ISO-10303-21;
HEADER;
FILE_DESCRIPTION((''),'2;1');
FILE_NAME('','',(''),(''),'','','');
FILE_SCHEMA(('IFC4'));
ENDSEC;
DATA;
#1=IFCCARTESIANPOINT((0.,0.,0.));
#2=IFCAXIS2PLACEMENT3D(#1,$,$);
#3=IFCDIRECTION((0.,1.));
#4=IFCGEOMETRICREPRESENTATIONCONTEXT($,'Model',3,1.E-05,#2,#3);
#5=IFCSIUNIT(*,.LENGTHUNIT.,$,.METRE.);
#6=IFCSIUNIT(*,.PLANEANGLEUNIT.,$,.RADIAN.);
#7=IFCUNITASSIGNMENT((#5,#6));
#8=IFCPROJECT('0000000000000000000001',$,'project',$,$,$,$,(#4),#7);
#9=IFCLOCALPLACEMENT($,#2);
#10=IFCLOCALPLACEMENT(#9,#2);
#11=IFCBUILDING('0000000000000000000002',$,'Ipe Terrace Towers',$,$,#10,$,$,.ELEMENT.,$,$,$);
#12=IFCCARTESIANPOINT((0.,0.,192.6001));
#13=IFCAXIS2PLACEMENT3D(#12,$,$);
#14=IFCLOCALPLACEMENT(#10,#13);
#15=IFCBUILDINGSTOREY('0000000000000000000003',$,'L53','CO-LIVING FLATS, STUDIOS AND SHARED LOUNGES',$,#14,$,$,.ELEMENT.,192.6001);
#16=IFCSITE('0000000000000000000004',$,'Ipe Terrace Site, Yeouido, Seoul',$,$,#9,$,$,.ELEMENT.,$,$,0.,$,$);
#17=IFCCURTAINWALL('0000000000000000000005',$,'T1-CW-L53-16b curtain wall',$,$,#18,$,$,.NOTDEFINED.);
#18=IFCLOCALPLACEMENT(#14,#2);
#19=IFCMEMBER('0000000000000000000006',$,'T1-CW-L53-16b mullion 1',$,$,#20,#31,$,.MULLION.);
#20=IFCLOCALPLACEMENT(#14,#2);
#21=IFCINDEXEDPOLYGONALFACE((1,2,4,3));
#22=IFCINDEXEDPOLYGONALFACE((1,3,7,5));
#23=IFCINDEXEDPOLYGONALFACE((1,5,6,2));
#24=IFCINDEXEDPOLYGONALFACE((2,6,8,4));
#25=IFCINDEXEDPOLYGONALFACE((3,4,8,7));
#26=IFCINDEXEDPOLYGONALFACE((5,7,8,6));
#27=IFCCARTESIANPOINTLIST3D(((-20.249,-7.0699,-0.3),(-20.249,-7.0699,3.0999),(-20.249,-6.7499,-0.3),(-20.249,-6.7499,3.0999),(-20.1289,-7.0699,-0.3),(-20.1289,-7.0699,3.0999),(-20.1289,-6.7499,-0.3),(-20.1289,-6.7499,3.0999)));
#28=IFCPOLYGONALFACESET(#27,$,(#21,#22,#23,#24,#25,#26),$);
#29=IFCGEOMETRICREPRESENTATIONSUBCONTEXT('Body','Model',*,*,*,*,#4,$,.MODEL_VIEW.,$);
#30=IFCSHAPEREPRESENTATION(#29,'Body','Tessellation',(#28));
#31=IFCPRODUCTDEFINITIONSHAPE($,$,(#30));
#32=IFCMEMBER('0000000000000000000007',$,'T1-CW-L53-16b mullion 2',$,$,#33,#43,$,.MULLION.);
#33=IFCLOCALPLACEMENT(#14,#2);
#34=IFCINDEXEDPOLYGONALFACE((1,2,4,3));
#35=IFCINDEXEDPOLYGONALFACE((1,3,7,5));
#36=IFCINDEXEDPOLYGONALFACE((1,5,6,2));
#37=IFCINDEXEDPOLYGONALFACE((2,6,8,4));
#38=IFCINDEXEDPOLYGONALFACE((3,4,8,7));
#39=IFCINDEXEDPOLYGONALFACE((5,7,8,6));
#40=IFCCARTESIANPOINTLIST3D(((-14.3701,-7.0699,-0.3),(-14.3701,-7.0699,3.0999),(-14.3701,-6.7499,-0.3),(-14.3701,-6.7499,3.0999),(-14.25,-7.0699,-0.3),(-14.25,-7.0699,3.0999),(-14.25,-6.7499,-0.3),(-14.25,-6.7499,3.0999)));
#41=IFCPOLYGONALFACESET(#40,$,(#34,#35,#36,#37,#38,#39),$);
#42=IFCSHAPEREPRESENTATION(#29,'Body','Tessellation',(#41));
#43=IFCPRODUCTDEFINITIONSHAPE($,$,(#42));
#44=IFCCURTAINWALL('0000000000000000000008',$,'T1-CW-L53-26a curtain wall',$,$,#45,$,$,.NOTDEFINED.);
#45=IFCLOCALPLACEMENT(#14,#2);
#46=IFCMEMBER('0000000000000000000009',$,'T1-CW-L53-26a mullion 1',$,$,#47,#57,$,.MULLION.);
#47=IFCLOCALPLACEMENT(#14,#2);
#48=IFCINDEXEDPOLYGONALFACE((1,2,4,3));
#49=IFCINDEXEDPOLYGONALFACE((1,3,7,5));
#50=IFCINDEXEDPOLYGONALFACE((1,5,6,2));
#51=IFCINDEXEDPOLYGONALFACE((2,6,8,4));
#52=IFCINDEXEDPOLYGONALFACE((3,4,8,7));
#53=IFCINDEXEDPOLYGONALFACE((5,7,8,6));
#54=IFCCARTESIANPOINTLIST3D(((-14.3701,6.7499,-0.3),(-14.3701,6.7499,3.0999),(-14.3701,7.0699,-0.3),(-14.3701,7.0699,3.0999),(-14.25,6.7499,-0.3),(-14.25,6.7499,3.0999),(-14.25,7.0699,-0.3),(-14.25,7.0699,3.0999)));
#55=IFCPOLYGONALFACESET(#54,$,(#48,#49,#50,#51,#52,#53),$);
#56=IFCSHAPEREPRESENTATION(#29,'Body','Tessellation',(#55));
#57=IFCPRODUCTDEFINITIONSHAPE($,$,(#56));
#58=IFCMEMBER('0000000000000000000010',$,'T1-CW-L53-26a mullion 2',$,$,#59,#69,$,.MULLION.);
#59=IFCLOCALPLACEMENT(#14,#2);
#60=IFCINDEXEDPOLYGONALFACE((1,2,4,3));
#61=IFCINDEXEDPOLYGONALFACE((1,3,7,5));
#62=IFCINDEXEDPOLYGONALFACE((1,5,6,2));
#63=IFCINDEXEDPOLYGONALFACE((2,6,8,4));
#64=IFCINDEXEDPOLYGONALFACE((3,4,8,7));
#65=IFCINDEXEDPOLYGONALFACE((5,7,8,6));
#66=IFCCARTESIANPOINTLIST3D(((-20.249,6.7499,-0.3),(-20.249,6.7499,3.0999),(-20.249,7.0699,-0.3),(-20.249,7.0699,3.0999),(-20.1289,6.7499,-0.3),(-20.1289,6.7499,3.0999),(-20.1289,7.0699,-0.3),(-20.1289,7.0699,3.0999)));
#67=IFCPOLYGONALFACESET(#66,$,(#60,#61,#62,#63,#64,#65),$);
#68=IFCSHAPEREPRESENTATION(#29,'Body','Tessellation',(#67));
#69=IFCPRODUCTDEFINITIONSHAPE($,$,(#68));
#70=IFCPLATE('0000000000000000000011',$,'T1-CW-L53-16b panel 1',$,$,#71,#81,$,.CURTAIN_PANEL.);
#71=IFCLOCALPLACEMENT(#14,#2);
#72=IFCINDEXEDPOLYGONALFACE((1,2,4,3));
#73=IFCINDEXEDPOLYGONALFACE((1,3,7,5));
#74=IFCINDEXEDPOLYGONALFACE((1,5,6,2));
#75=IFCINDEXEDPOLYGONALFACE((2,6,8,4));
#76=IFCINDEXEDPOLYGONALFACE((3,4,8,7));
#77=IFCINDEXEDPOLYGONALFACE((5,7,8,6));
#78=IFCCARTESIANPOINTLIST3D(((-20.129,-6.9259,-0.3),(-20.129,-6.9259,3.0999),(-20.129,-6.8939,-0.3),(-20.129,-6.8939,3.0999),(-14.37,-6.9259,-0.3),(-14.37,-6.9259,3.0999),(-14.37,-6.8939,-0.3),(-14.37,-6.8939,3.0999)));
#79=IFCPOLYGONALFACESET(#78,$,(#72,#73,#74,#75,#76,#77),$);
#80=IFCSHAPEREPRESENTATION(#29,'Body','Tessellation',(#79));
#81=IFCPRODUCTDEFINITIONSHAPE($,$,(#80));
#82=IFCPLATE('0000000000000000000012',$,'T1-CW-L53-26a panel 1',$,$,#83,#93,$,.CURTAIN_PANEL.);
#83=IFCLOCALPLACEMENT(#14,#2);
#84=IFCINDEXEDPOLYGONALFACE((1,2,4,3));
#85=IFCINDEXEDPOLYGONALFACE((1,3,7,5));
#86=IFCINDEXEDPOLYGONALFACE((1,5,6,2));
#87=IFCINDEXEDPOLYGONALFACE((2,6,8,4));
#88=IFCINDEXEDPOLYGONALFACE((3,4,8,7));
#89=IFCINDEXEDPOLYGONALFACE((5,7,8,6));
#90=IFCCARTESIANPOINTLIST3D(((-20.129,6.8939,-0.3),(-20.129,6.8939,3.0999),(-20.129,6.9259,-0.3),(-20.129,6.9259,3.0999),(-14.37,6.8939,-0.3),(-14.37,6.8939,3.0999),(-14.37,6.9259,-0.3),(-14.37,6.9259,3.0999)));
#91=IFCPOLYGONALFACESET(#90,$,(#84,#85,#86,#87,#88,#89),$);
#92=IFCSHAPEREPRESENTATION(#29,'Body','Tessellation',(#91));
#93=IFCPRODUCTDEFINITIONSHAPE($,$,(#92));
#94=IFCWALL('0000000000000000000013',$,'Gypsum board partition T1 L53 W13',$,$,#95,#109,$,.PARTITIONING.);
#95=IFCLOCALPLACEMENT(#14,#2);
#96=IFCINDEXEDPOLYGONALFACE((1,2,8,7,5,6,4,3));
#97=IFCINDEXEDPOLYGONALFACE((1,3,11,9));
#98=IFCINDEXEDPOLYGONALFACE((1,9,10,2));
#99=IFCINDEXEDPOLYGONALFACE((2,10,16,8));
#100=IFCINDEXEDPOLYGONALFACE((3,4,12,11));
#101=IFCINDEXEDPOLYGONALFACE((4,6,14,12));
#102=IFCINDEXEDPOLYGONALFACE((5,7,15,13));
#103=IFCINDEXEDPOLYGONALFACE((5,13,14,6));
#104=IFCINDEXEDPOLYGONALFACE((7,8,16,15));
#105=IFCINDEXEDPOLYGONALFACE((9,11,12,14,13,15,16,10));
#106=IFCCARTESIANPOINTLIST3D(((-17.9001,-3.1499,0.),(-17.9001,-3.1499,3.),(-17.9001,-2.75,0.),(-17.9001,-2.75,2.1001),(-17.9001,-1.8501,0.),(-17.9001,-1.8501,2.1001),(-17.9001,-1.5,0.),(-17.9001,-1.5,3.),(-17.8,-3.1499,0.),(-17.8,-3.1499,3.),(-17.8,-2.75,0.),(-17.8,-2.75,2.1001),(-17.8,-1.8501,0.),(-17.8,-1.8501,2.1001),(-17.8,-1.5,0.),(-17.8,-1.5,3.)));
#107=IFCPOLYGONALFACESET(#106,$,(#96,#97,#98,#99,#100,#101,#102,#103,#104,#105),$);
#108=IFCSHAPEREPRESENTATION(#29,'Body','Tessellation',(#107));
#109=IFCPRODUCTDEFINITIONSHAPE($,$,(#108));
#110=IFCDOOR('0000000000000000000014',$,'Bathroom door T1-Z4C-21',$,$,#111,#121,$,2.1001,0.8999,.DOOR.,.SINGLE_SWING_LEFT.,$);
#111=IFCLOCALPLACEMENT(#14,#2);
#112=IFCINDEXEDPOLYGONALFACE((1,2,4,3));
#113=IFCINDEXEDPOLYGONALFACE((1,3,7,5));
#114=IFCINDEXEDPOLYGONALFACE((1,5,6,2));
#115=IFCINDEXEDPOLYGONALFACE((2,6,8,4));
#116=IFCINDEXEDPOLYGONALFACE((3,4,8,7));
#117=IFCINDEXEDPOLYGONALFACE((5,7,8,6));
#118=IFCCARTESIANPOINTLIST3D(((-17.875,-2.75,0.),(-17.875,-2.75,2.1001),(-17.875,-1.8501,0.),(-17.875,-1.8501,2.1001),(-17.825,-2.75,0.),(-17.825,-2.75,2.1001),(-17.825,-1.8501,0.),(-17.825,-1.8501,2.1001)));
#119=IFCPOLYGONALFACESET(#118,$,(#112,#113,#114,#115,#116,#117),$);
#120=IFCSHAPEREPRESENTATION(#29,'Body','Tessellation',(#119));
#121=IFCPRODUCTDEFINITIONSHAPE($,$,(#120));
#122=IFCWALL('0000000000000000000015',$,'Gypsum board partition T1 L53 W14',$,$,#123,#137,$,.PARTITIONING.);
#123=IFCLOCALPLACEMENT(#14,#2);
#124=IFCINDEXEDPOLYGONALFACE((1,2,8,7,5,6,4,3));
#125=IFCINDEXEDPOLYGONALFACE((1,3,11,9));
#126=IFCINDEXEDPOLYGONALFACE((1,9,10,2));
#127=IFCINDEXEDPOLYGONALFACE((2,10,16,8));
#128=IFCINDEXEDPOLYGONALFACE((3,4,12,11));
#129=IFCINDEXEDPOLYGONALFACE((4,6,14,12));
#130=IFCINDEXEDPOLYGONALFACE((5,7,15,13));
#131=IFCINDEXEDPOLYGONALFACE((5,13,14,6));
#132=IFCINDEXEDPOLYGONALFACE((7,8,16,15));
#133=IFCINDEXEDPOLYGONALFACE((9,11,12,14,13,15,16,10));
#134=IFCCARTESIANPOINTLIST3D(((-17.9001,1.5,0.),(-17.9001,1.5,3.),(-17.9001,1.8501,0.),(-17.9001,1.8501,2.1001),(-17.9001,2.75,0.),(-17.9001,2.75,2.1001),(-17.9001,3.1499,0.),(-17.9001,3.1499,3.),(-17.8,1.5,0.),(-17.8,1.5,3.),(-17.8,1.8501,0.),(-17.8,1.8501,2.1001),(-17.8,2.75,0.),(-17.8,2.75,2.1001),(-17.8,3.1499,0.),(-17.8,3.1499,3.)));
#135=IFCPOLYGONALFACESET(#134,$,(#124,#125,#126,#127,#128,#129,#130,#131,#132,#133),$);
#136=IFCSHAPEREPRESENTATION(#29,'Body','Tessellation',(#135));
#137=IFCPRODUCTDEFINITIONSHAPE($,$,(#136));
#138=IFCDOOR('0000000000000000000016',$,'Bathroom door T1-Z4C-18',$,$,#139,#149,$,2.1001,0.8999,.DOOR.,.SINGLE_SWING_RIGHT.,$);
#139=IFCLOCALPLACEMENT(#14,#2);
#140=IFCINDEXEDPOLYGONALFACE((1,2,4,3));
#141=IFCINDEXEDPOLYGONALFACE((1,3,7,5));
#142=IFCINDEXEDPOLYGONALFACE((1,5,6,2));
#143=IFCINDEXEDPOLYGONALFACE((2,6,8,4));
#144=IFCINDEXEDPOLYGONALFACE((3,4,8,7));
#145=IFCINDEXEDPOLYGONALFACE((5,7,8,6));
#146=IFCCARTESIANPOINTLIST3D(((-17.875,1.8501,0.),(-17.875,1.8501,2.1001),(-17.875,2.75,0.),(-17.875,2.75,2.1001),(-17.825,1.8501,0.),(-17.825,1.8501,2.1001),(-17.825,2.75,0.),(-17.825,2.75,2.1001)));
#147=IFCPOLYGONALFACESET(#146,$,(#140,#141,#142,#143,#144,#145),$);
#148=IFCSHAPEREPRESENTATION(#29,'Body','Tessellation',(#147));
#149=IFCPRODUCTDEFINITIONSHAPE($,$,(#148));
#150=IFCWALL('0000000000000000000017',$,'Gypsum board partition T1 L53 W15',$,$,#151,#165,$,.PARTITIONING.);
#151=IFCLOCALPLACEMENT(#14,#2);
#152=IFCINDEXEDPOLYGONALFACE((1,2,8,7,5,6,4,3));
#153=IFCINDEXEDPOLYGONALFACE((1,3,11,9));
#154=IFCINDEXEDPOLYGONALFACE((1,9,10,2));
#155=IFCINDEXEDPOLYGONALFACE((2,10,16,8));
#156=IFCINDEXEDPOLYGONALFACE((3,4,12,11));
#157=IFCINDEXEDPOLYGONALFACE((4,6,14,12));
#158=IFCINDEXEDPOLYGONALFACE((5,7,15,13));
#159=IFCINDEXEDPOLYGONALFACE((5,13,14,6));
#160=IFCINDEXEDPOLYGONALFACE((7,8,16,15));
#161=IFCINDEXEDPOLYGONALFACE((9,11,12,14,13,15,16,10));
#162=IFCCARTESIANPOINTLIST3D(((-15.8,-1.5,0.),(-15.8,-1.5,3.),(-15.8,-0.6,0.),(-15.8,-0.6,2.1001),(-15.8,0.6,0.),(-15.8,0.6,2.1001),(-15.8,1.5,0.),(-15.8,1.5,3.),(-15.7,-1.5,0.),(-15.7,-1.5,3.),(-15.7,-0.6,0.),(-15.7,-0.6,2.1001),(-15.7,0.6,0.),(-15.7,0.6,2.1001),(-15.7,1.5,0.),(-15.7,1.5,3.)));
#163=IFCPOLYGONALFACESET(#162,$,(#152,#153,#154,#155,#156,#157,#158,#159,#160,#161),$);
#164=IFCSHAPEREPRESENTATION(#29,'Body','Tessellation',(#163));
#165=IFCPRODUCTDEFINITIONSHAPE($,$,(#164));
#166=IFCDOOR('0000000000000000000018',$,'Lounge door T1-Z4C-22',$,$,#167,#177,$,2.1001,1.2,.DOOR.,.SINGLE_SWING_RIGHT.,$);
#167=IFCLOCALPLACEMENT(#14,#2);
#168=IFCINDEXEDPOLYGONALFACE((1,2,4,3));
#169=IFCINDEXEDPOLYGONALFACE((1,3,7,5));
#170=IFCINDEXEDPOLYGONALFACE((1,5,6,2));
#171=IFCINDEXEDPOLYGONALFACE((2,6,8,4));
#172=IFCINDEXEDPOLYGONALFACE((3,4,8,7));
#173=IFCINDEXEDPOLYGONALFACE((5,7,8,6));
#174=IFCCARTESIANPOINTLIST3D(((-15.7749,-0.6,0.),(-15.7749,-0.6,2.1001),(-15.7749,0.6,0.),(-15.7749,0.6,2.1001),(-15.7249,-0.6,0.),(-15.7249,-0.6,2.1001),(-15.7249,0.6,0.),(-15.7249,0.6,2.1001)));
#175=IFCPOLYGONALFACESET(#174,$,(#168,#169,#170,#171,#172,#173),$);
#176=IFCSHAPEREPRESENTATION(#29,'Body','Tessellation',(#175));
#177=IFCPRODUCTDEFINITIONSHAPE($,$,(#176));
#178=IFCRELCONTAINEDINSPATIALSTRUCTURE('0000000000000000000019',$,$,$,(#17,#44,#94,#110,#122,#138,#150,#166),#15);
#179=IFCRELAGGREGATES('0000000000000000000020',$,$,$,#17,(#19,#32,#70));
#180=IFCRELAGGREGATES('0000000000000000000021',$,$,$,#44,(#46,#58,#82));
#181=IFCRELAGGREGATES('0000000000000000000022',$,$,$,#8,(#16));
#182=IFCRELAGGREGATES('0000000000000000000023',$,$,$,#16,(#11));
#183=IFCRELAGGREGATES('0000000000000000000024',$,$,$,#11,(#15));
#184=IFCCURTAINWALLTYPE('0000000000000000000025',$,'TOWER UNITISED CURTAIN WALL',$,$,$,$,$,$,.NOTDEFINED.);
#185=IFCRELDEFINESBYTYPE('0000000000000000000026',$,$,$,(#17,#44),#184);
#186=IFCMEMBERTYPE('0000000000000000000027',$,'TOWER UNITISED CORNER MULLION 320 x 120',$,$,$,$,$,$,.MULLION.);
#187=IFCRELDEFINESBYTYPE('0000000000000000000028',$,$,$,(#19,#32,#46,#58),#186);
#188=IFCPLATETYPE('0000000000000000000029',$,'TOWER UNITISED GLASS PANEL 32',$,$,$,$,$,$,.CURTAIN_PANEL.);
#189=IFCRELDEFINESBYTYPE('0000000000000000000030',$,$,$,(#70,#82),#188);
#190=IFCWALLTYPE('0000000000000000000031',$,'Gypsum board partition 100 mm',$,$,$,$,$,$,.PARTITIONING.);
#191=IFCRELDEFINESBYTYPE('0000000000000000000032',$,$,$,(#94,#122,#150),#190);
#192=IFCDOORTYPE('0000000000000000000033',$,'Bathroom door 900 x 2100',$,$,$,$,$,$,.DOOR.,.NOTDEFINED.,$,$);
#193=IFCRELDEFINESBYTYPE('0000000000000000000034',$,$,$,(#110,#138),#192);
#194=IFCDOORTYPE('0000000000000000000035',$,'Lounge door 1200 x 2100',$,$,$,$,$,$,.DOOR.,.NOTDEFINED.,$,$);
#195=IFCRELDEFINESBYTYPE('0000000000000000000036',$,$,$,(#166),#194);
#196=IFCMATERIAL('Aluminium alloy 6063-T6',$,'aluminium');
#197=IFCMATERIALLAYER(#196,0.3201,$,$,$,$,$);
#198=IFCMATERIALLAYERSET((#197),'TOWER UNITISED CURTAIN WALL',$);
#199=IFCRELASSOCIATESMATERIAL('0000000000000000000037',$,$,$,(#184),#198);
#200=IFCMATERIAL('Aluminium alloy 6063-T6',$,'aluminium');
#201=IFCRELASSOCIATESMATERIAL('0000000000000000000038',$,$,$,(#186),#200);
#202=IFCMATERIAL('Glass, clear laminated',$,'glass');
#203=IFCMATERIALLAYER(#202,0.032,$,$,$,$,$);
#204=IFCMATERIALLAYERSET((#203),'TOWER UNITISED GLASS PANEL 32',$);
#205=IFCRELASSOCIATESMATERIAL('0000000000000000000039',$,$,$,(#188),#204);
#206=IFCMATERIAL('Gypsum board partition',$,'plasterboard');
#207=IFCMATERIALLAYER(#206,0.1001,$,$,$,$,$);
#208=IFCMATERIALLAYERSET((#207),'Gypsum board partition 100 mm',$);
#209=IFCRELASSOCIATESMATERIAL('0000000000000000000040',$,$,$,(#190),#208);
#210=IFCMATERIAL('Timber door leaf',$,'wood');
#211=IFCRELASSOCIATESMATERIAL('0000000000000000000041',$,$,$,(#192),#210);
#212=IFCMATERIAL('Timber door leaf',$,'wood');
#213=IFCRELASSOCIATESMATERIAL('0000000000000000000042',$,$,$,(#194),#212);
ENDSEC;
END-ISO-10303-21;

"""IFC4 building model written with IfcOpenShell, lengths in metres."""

from ifc_helpers import new_model, si_unit, direction, frame, frame_2d, origin, origin_2d, place, context, subcontext, project, spatial, rectangle, extrude, material, layer, layer_set, material_profile, profile_set, type_object, element, fill, aggregate, save


model = new_model("IFC4")

# Units and contexts
model_context = context("Model", 3, precision=1e-05, world=origin(), true_north=direction((0.0, 1.0)))
body_context = subcontext(model_context, "Body", "Model", "MODEL_VIEW")
ifc_project = project(units=[si_unit("LENGTHUNIT", "METRE"), si_unit("PLANEANGLEUNIT", "RADIAN")], contexts=[model_context])

# Site, building, storey
site_placement = place(None, origin())
site = spatial("IfcSite", under=ifc_project, at=site_placement, Name="Ipe Terrace Site, Yeouido, Seoul", CompositionType="ELEMENT", RefElevation=0.0)
building_placement = place(site_placement, origin())
building = spatial("IfcBuilding", under=site, at=building_placement, Name="Ipe Terrace Towers", CompositionType="ELEMENT")
storey_placement = place(building_placement, frame((0.0, 0.0, 192.6001)))
storey = spatial("IfcBuildingStorey", under=building, at=storey_placement, Name="L53", Description="CO-LIVING FLATS, STUDIOS AND SHARED LOUNGES", CompositionType="ELEMENT", Elevation=192.6001)

# Curtain walls, members
ifc_material_1 = material(Name="Aluminium alloy 6063-T6", Category="aluminium")
ifc_layer_1 = layer(ifc_material_1, 0.3201)
ifc_layer_set_1 = layer_set([ifc_layer_1], Name="TOWER UNITISED CURTAIN WALL")
curtain_wall_type = type_object("IfcCurtainWallType", Name="TOWER UNITISED CURTAIN WALL", PredefinedType="NOTDEFINED", material=ifc_layer_set_1)
curtain_wall_1_placement = place(storey_placement, origin())
curtain_wall_1 = element("IfcCurtainWall", 1, at=curtain_wall_1_placement, inside=storey, type_object=curtain_wall_type, Name="T1-CW-L53-16b curtain wall", PredefinedType="NOTDEFINED")
ifc_material_2 = material(Name="Aluminium alloy 6063-T6", Category="aluminium")
ifc_material_profile = material_profile(ifc_material_2, rectangle(XDim=0.3201, YDim=0.1201, at=origin_2d()), Name="TOWER UNITISED CORNER MULLION 320 x 120")
ifc_profile_set = profile_set([ifc_material_profile], Name="Aluminium alloy 6063-T6")
member_type = type_object("IfcMemberType", Name="TOWER UNITISED CORNER MULLION 320 x 120", PredefinedType="MULLION", material=ifc_profile_set)
member_1_placement = place(storey_placement, frame((-20.189, -6.9099, -0.3), z_axis=(0.0, 0.0, 1.0), x_axis=(0.0, -1.0, 0.0)))
member_1 = element("IfcMember", 2, at=member_1_placement, type_object=member_type, Name="T1-CW-L53-16b mullion 1", PredefinedType="MULLION", context=body_context, shape_type="SweptSolid", body=[
    extrude(rectangle(XDim=0.3201, YDim=0.1201, at=origin_2d()), origin(), (0.0, 0.0, 1.0), 3.3999),
])
member_2_placement = place(storey_placement, frame((-14.3101, -6.9099, -0.3), z_axis=(0.0, 0.0, 1.0), x_axis=(0.0, -1.0, 0.0)))
member_2 = element("IfcMember", 3, at=member_2_placement, type_object=member_type, Name="T1-CW-L53-16b mullion 2", PredefinedType="MULLION", context=body_context, shape_type="SweptSolid", body=[
    extrude(rectangle(XDim=0.3201, YDim=0.1201, at=origin_2d()), origin(), (0.0, 0.0, 1.0), 3.3999),
])
curtain_wall_2_placement = place(storey_placement, origin())
curtain_wall_2 = element("IfcCurtainWall", 4, at=curtain_wall_2_placement, inside=storey, type_object=curtain_wall_type, Name="T1-CW-L53-26a curtain wall", PredefinedType="NOTDEFINED")
member_3_placement = place(storey_placement, frame((-14.3101, 6.9099, -0.3), z_axis=(0.0, 0.0, 1.0), x_axis=(0.0, 1.0, 0.0)))
member_3 = element("IfcMember", 5, at=member_3_placement, type_object=member_type, Name="T1-CW-L53-26a mullion 1", PredefinedType="MULLION", context=body_context, shape_type="SweptSolid", body=[
    extrude(rectangle(XDim=0.3201, YDim=0.1201, at=origin_2d()), origin(), (0.0, 0.0, 1.0), 3.3999),
])
member_4_placement = place(storey_placement, frame((-20.189, 6.9099, -0.3), z_axis=(0.0, 0.0, 1.0), x_axis=(0.0, 1.0, 0.0)))
member_4 = element("IfcMember", 6, at=member_4_placement, type_object=member_type, Name="T1-CW-L53-26a mullion 2", PredefinedType="MULLION", context=body_context, shape_type="SweptSolid", body=[
    extrude(rectangle(XDim=0.3201, YDim=0.1201, at=origin_2d()), origin(), (0.0, 0.0, 1.0), 3.3999),
])

# Plates
ifc_material_3 = material(Name="Glass, clear laminated", Category="glass")
ifc_layer_2 = layer(ifc_material_3, 0.032)
ifc_layer_set_2 = layer_set([ifc_layer_2], Name="TOWER UNITISED GLASS PANEL 32")
plate_type = type_object("IfcPlateType", Name="TOWER UNITISED GLASS PANEL 32", PredefinedType="CURTAIN_PANEL", material=ifc_layer_set_2)
plate_1_placement = place(storey_placement, frame((-17.2495, -6.9099, -0.3), z_axis=(0.0, 0.0, 1.0), x_axis=(1.0, 0.0, 0.0)))
plate_1 = element("IfcPlate", 7, at=plate_1_placement, type_object=plate_type, Name="T1-CW-L53-16b panel 1", PredefinedType="CURTAIN_PANEL", context=body_context, shape_type="SweptSolid", body=[
    extrude(rectangle(XDim=5.759, YDim=0.032, at=origin_2d()), origin(), (0.0, 0.0, 1.0), 3.3999),
])
aggregate(curtain_wall_1, [member_1, member_2, plate_1])
plate_2_placement = place(storey_placement, frame((-17.2495, 6.9099, -0.3), z_axis=(0.0, 0.0, 1.0), x_axis=(-1.0, 0.0, 0.0)))
plate_2 = element("IfcPlate", 8, at=plate_2_placement, type_object=plate_type, Name="T1-CW-L53-26a panel 1", PredefinedType="CURTAIN_PANEL", context=body_context, shape_type="SweptSolid", body=[
    extrude(rectangle(XDim=5.759, YDim=0.032, at=origin_2d()), origin(), (0.0, 0.0, 1.0), 3.3999),
])
aggregate(curtain_wall_2, [member_3, member_4, plate_2])

# Walls, openings, doors
ifc_material_4 = material(Name="Gypsum board partition", Category="plasterboard")
ifc_layer_3 = layer(ifc_material_4, 0.1001)
ifc_layer_set_3 = layer_set([ifc_layer_3], Name="Gypsum board partition 100 mm")
wall_type_1 = type_object("IfcWallType", Name="Gypsum board partition 100 mm", PredefinedType="PARTITIONING", material=ifc_layer_set_3)
wall_1_placement = place(storey_placement, frame((-17.8501, -3.1499, 0.0), z_axis=(0.0, 0.0, 1.0), x_axis=(0.0, 1.0, 0.0)))
wall_1 = element("IfcWall", 9, at=wall_1_placement, inside=storey, type_object=wall_type_1, Name="Gypsum board partition T1 L53 W13", PredefinedType="PARTITIONING", context=body_context, shape_type="SweptSolid", body=[
    extrude(rectangle(XDim=1.6499, YDim=0.1001, at=frame_2d((0.825, 0.0))), origin(), (0.0, 0.0, 1.0), 3.0),
])
opening_1_placement = place(wall_1_placement, frame((0.3999, 0.0, 0.0)))
opening_1 = element("IfcOpeningElement", 10, at=opening_1_placement, cuts=wall_1, PredefinedType="OPENING", context=body_context, shape_type="SweptSolid", body=[
    extrude(rectangle(XDim=0.8999, YDim=2.1001, at=frame_2d((0.45, 1.05))), frame((0.0, 0.0601, 0.0), z_axis=(0.0, -1.0, 0.0), x_axis=(1.0, 0.0, 0.0)), (0.0, 0.0, 1.0), 0.1201),
])
ifc_material_5 = material(Name="Timber door leaf", Category="wood")
door_type_1 = type_object("IfcDoorType", Name="Bathroom door 900 x 2100", OperationType="NOTDEFINED", PredefinedType="DOOR", material=ifc_material_5)
door_1_placement = place(opening_1_placement, origin())
door_1 = element("IfcDoor", 11, at=door_1_placement, inside=storey, type_object=door_type_1, Name="Bathroom door T1-Z4C-21", OperationType="SINGLE_SWING_LEFT", OverallHeight=2.1001, OverallWidth=0.8999, PredefinedType="DOOR", context=body_context, shape_type="SweptSolid", body=[
    extrude(rectangle(XDim=0.8999, YDim=2.1001, at=frame_2d((0.45, 1.05))), frame((0.0, 0.0249, 0.0), z_axis=(0.0, -1.0, 0.0), x_axis=(1.0, 0.0, 0.0)), (0.0, 0.0, 1.0), 0.05),
])
fill(opening_1, door_1)
wall_2_placement = place(storey_placement, frame((-17.8501, 1.5, 0.0), z_axis=(0.0, 0.0, 1.0), x_axis=(0.0, 1.0, 0.0)))
wall_2 = element("IfcWall", 12, at=wall_2_placement, inside=storey, type_object=wall_type_1, Name="Gypsum board partition T1 L53 W14", PredefinedType="PARTITIONING", context=body_context, shape_type="SweptSolid", body=[
    extrude(rectangle(XDim=1.6499, YDim=0.1001, at=frame_2d((0.825, 0.0))), origin(), (0.0, 0.0, 1.0), 3.0),
])
opening_2_placement = place(wall_2_placement, frame((0.3501, 0.0, 0.0)))
opening_2 = element("IfcOpeningElement", 13, at=opening_2_placement, cuts=wall_2, PredefinedType="OPENING", context=body_context, shape_type="SweptSolid", body=[
    extrude(rectangle(XDim=0.8999, YDim=2.1001, at=frame_2d((0.45, 1.05))), frame((0.0, 0.0601, 0.0), z_axis=(0.0, -1.0, 0.0), x_axis=(1.0, 0.0, 0.0)), (0.0, 0.0, 1.0), 0.1201),
])
door_2_placement = place(opening_2_placement, origin())
door_2 = element("IfcDoor", 14, at=door_2_placement, inside=storey, type_object=door_type_1, Name="Bathroom door T1-Z4C-18", OperationType="SINGLE_SWING_RIGHT", OverallHeight=2.1001, OverallWidth=0.8999, PredefinedType="DOOR", context=body_context, shape_type="SweptSolid", body=[
    extrude(rectangle(XDim=0.8999, YDim=2.1001, at=frame_2d((0.45, 1.05))), frame((0.0, 0.0249, 0.0), z_axis=(0.0, -1.0, 0.0), x_axis=(1.0, 0.0, 0.0)), (0.0, 0.0, 1.0), 0.05),
])
fill(opening_2, door_2)
wall_3_placement = place(storey_placement, frame((-15.75, -1.5, 0.0), z_axis=(0.0, 0.0, 1.0), x_axis=(0.0, 1.0, 0.0)))
wall_3 = element("IfcWall", 15, at=wall_3_placement, inside=storey, type_object=wall_type_1, Name="Gypsum board partition T1 L53 W15", PredefinedType="PARTITIONING", context=body_context, shape_type="SweptSolid", body=[
    extrude(rectangle(XDim=3.0, YDim=0.1001, at=frame_2d((1.5, 0.0))), origin(), (0.0, 0.0, 1.0), 3.0),
])
opening_3_placement = place(wall_3_placement, frame((0.8999, 0.0, 0.0)))
opening_3 = element("IfcOpeningElement", 16, at=opening_3_placement, cuts=wall_3, PredefinedType="OPENING", context=body_context, shape_type="SweptSolid", body=[
    extrude(rectangle(XDim=1.2, YDim=2.1001, at=frame_2d((0.6001, 1.05))), frame((0.0, 0.0601, 0.0), z_axis=(0.0, -1.0, 0.0), x_axis=(1.0, 0.0, 0.0)), (0.0, 0.0, 1.0), 0.1201),
])
ifc_material_6 = material(Name="Timber door leaf", Category="wood")
door_type_2 = type_object("IfcDoorType", Name="Lounge door 1200 x 2100", OperationType="NOTDEFINED", PredefinedType="DOOR", material=ifc_material_6)
door_3_placement = place(opening_3_placement, origin())
door_3 = element("IfcDoor", 17, at=door_3_placement, inside=storey, type_object=door_type_2, Name="Lounge door T1-Z4C-22", OperationType="SINGLE_SWING_RIGHT", OverallHeight=2.1001, OverallWidth=1.2, PredefinedType="DOOR", context=body_context, shape_type="SweptSolid", body=[
    extrude(rectangle(XDim=1.2, YDim=2.1001, at=frame_2d((0.6001, 1.05))), frame((0.0, 0.0249, 0.0), z_axis=(0.0, -1.0, 0.0), x_axis=(1.0, 0.0, 0.0)), (0.0, 0.0, 1.0), 0.05),
])
fill(opening_3, door_3)

save(model, "model.ifc")
